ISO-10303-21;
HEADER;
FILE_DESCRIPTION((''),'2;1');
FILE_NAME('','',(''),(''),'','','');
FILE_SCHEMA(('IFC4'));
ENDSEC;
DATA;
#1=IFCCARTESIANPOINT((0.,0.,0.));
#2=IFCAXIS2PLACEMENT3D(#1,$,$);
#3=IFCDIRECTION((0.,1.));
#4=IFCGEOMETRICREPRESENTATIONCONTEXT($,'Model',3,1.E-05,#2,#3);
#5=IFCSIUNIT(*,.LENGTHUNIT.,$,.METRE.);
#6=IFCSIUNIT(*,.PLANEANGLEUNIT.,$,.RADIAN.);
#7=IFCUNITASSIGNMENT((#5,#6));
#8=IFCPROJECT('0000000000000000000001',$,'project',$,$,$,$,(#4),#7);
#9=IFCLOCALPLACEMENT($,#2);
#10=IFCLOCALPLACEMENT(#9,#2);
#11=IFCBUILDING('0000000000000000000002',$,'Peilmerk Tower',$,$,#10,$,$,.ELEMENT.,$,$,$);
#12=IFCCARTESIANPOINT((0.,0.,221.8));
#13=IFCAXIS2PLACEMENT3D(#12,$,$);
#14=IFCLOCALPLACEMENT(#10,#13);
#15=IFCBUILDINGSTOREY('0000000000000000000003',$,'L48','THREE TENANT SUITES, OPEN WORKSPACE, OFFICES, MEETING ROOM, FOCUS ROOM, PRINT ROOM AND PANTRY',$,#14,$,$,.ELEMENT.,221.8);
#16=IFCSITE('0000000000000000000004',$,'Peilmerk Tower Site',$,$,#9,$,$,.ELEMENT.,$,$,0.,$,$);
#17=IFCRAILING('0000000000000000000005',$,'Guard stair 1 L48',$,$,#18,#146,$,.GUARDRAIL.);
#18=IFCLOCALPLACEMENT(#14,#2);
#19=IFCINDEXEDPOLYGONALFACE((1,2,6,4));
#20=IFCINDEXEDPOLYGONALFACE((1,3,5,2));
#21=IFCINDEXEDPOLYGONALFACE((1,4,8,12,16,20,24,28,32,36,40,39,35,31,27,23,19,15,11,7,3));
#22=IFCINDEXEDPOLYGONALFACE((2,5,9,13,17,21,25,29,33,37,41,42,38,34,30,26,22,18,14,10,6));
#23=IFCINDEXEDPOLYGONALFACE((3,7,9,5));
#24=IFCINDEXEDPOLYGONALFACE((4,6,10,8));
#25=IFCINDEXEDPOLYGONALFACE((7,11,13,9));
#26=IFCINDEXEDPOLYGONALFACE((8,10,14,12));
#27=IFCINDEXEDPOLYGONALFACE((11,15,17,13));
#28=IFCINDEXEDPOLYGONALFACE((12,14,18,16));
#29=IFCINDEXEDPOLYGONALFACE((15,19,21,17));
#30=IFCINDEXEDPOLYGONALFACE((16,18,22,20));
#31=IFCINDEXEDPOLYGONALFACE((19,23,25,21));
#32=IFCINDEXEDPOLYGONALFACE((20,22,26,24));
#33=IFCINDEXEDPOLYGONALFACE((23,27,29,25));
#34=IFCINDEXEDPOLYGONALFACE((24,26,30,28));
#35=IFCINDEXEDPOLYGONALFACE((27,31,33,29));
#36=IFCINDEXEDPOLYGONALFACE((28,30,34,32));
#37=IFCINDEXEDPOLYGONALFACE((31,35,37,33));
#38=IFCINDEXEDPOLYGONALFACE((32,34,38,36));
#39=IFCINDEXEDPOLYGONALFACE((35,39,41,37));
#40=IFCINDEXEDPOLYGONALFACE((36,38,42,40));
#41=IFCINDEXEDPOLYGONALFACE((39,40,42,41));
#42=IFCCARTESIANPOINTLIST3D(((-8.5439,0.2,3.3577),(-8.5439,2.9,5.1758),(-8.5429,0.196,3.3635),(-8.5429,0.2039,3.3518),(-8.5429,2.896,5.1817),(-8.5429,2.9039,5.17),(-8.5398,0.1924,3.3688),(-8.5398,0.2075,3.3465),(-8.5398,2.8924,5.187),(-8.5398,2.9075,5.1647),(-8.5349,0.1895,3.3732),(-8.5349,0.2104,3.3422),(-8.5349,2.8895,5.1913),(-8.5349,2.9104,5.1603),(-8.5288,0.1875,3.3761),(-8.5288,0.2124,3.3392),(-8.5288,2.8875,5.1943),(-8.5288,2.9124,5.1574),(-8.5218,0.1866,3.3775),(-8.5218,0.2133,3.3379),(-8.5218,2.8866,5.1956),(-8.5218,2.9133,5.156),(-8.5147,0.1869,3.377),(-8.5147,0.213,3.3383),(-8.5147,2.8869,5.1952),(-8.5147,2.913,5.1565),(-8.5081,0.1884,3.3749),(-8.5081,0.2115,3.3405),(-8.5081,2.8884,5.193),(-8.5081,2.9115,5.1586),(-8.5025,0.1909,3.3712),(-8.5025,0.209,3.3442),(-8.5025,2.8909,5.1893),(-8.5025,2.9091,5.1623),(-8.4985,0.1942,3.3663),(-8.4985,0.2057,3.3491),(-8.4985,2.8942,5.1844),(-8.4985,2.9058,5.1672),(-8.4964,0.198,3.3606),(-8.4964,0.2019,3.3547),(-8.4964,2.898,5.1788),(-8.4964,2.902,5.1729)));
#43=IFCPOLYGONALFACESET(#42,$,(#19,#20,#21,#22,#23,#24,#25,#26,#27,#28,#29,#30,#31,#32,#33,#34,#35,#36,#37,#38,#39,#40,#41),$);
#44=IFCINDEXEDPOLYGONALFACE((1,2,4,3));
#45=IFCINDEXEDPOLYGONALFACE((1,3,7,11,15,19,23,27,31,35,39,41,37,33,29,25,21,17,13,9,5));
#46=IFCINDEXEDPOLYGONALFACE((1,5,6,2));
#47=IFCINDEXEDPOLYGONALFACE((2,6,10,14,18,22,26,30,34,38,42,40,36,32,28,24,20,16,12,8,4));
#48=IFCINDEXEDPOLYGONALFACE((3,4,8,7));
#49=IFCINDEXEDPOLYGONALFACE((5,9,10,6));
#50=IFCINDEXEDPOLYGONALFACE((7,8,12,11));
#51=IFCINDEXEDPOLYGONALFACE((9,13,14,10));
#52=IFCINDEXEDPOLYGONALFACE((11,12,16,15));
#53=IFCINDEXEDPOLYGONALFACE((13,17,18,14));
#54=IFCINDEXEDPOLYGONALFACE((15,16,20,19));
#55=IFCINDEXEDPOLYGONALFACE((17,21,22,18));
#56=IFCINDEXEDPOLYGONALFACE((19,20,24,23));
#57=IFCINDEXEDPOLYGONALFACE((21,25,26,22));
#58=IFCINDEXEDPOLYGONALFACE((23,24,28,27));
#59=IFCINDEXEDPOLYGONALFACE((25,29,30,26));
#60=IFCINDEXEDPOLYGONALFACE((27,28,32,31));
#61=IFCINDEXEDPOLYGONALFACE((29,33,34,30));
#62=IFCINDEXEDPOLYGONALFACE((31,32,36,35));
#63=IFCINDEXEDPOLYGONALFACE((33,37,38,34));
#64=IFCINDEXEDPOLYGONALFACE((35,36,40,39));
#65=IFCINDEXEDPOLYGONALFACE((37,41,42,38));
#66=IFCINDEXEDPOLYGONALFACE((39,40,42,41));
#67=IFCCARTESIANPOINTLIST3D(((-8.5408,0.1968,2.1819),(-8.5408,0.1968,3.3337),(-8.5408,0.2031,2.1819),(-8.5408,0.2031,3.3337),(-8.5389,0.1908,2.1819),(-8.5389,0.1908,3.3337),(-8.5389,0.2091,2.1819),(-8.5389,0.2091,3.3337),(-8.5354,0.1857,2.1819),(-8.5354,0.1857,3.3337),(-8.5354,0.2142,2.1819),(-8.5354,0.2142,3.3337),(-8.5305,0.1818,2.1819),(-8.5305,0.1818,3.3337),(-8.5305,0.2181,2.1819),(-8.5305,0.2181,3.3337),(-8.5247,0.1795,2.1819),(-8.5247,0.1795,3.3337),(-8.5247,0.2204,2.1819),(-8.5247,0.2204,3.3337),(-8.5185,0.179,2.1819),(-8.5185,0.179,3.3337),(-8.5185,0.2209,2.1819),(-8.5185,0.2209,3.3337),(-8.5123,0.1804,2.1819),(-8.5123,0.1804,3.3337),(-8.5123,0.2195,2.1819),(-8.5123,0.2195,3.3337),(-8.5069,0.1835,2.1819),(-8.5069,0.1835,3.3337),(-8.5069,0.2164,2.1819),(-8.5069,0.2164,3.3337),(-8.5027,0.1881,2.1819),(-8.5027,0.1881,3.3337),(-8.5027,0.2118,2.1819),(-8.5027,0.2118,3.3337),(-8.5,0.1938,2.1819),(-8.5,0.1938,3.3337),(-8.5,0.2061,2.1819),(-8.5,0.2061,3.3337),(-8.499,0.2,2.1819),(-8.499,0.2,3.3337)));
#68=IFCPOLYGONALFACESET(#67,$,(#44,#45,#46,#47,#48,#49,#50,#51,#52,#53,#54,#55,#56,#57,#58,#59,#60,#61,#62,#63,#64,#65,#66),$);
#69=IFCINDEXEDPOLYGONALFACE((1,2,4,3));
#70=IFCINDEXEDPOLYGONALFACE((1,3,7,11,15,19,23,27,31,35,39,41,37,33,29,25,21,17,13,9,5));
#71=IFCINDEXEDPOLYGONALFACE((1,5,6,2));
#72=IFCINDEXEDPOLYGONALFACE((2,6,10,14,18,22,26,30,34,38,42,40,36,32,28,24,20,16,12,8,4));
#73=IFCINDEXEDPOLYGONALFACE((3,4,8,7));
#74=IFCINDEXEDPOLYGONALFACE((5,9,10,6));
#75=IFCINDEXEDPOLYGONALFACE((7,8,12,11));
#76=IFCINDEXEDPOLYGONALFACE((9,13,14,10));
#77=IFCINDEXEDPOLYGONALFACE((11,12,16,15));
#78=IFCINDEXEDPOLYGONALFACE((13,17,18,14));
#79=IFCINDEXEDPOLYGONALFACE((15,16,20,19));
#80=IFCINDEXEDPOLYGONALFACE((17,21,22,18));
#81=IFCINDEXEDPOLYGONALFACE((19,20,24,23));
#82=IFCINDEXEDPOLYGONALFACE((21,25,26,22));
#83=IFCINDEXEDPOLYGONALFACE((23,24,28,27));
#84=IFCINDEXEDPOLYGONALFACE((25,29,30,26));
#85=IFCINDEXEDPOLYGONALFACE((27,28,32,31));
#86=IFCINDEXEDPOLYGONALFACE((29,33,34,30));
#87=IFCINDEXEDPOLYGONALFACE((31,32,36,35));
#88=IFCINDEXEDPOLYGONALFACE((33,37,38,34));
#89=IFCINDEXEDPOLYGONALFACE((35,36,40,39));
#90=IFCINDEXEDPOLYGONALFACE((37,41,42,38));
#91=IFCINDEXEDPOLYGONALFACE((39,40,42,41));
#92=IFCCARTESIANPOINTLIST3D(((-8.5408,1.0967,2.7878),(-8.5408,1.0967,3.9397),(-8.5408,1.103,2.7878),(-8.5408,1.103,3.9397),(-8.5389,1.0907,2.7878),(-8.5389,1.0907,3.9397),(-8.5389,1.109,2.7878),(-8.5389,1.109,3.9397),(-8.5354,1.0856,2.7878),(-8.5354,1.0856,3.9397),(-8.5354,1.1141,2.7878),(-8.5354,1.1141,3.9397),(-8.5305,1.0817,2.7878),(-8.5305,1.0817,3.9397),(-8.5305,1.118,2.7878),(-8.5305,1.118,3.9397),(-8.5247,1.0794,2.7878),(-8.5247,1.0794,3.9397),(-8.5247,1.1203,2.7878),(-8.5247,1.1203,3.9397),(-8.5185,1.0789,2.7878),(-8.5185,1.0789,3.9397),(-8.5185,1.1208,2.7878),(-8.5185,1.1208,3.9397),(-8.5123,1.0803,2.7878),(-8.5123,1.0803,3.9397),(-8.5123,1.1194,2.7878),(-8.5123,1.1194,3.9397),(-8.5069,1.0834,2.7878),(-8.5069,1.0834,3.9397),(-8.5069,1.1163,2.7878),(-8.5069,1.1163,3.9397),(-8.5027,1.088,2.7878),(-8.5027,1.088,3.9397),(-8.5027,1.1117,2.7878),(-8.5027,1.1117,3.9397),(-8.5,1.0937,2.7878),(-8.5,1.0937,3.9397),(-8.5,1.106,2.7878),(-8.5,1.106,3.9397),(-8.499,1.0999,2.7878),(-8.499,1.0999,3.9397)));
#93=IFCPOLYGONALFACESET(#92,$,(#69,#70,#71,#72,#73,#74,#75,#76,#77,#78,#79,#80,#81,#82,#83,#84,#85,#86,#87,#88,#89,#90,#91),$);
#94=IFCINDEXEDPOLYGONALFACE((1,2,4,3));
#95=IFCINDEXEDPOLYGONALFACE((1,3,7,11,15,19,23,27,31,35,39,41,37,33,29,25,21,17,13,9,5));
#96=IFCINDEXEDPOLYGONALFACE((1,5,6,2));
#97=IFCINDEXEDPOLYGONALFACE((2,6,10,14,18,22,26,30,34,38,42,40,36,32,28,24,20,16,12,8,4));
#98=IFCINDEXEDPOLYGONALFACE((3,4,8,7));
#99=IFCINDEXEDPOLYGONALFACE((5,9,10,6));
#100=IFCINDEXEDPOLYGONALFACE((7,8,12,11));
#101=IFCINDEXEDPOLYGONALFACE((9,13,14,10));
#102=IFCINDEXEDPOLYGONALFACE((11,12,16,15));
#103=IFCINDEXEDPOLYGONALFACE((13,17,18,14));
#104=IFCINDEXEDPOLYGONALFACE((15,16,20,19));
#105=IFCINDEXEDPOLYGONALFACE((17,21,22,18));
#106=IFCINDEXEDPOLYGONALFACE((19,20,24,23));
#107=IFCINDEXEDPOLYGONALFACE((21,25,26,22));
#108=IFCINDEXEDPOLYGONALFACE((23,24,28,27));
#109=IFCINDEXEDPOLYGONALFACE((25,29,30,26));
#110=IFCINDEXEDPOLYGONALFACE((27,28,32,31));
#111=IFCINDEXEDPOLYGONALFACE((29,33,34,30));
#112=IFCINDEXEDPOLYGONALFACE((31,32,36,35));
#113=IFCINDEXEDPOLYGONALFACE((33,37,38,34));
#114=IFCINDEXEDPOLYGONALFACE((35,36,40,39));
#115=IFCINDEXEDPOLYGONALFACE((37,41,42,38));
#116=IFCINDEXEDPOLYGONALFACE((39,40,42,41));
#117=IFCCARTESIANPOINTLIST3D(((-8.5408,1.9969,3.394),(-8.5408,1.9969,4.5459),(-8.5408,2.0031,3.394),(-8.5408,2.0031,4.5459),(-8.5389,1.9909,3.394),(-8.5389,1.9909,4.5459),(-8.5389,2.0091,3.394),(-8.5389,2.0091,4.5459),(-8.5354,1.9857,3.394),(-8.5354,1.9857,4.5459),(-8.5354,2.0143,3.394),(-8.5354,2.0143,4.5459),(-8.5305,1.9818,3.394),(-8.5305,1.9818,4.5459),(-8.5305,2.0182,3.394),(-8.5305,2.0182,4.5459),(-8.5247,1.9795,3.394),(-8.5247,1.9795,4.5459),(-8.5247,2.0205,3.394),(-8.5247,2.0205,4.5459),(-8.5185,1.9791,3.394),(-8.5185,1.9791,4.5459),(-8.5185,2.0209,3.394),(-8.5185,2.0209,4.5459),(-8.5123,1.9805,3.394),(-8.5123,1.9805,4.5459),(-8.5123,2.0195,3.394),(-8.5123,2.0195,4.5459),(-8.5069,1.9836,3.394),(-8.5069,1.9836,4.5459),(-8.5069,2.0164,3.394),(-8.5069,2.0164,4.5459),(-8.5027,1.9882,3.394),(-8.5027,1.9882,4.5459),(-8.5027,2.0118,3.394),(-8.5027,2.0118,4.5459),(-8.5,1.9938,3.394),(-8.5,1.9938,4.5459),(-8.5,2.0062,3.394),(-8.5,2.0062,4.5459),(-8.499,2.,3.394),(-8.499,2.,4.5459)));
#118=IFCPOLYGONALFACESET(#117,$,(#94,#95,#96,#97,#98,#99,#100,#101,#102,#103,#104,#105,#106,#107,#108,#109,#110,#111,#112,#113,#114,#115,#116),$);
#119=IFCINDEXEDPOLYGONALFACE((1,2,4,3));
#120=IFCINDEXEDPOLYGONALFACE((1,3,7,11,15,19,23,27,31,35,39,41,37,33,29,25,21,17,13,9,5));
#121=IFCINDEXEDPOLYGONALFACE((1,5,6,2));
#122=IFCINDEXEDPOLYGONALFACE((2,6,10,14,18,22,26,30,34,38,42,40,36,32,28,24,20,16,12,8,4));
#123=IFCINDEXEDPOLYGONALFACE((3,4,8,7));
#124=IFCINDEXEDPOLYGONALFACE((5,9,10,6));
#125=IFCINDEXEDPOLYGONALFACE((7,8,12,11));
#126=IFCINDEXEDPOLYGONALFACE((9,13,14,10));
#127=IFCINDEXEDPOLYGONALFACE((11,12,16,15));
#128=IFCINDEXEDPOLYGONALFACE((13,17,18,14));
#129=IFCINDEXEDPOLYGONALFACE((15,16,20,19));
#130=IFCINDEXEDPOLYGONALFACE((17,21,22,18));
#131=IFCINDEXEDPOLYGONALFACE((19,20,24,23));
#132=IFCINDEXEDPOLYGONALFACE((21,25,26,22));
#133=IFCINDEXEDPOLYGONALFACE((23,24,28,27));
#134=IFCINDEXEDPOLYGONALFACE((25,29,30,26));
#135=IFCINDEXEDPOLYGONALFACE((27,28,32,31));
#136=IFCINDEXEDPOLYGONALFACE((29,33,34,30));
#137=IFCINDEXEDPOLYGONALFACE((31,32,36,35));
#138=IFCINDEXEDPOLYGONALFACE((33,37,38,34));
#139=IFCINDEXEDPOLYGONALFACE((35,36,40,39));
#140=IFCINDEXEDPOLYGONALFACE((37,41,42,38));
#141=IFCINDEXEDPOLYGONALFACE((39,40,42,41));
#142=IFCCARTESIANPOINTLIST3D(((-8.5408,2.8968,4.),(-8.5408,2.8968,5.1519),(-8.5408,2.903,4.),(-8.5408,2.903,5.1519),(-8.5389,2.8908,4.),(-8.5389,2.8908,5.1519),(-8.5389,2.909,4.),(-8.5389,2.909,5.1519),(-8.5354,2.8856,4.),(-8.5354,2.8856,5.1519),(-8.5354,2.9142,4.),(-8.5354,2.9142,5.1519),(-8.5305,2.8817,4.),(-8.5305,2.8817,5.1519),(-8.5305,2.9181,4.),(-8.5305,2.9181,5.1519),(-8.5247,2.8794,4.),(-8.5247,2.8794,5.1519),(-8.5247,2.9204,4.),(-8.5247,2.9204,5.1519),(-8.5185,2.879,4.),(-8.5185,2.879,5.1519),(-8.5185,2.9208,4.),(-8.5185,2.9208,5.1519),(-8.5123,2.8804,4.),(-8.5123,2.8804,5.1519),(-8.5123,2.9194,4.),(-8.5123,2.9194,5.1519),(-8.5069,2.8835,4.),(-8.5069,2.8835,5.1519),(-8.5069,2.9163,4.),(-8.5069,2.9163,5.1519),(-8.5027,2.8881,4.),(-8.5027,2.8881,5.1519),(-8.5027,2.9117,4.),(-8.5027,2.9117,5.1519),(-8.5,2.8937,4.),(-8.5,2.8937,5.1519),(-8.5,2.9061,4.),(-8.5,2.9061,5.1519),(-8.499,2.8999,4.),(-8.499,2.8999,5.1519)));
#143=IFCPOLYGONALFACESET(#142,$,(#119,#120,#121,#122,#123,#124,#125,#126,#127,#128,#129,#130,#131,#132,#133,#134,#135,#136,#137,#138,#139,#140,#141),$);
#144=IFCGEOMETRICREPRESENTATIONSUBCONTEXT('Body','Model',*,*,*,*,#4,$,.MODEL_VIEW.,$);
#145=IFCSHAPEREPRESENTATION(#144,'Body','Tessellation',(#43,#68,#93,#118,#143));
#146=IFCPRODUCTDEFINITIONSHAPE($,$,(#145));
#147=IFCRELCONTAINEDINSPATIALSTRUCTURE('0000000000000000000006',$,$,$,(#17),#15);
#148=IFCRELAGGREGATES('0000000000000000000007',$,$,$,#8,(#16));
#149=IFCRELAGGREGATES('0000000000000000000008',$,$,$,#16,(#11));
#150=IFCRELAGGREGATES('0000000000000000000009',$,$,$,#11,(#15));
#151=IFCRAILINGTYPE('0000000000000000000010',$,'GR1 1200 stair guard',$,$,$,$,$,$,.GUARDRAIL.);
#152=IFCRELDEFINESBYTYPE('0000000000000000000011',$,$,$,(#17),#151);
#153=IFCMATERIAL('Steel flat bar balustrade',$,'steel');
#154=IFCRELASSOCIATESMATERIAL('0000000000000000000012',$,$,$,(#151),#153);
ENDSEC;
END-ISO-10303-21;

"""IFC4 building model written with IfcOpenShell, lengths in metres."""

from ifc_helpers import new_model, si_unit, direction, frame, origin, origin_2d, place, context, subcontext, project, spatial, circle, extrude, material, type_object, element, save


model = new_model("IFC4")

# Units and contexts
model_context = context("Model", 3, precision=1e-05, world=origin(), true_north=direction((0.0, 1.0)))
body_context = subcontext(model_context, "Body", "Model", "MODEL_VIEW")
ifc_project = project(units=[si_unit("LENGTHUNIT", "METRE"), si_unit("PLANEANGLEUNIT", "RADIAN")], contexts=[model_context])

# Site, building, storey
site_placement = place(None, origin())
site = spatial("IfcSite", under=ifc_project, at=site_placement, Name="Peilmerk Tower Site", CompositionType="ELEMENT", RefElevation=0.0)
building_placement = place(site_placement, origin())
building = spatial("IfcBuilding", under=site, at=building_placement, Name="Peilmerk Tower", CompositionType="ELEMENT")
storey_placement = place(building_placement, frame((0.0, 0.0, 221.8)))
storey = spatial("IfcBuildingStorey", under=building, at=storey_placement, Name="L48", Description="THREE TENANT SUITES, OPEN WORKSPACE, OFFICES, MEETING ROOM, FOCUS ROOM, PRINT ROOM AND PANTRY", CompositionType="ELEMENT", Elevation=221.8)

# Railing
ifc_material_1 = material(Name="Steel flat bar balustrade", Category="steel")
railing_type_1 = type_object("IfcRailingType", Name="GR1 1200 stair guard", PredefinedType="GUARDRAIL", material=ifc_material_1)
railing_1_placement = place(storey_placement, frame((-8.52, 0.2, 2.1819)))
element("IfcRailing", 1, at=railing_1_placement, inside=storey, type_object=railing_type_1, Name="Guard stair 1 L48", PredefinedType="GUARDRAIL", context=body_context, shape_type="SweptSolid", body=[
    extrude(circle(Radius=0.0239, at=origin_2d()), frame((0.0, 0.0, 1.1758), z_axis=(0.0, 0.829468, 0.558554), x_axis=(-1.0, 0.0, 0.0)), (0.0, 0.0, 1.0), 3.2551),
    extrude(circle(Radius=0.021, at=origin_2d()), origin(), (0.0, 0.0, 1.0), 1.1519),
    extrude(circle(Radius=0.021, at=origin_2d()), frame((0.0, 0.8999, 0.606)), (0.0, 0.0, 1.0), 1.1519),
    extrude(circle(Radius=0.021, at=origin_2d()), frame((0.0, 1.8, 1.2122)), (0.0, 0.0, 1.0), 1.1519),
    extrude(circle(Radius=0.021, at=origin_2d()), frame((0.0, 2.7, 1.8181)), (0.0, 0.0, 1.0), 1.1519),
])

save(model, "model.ifc")
